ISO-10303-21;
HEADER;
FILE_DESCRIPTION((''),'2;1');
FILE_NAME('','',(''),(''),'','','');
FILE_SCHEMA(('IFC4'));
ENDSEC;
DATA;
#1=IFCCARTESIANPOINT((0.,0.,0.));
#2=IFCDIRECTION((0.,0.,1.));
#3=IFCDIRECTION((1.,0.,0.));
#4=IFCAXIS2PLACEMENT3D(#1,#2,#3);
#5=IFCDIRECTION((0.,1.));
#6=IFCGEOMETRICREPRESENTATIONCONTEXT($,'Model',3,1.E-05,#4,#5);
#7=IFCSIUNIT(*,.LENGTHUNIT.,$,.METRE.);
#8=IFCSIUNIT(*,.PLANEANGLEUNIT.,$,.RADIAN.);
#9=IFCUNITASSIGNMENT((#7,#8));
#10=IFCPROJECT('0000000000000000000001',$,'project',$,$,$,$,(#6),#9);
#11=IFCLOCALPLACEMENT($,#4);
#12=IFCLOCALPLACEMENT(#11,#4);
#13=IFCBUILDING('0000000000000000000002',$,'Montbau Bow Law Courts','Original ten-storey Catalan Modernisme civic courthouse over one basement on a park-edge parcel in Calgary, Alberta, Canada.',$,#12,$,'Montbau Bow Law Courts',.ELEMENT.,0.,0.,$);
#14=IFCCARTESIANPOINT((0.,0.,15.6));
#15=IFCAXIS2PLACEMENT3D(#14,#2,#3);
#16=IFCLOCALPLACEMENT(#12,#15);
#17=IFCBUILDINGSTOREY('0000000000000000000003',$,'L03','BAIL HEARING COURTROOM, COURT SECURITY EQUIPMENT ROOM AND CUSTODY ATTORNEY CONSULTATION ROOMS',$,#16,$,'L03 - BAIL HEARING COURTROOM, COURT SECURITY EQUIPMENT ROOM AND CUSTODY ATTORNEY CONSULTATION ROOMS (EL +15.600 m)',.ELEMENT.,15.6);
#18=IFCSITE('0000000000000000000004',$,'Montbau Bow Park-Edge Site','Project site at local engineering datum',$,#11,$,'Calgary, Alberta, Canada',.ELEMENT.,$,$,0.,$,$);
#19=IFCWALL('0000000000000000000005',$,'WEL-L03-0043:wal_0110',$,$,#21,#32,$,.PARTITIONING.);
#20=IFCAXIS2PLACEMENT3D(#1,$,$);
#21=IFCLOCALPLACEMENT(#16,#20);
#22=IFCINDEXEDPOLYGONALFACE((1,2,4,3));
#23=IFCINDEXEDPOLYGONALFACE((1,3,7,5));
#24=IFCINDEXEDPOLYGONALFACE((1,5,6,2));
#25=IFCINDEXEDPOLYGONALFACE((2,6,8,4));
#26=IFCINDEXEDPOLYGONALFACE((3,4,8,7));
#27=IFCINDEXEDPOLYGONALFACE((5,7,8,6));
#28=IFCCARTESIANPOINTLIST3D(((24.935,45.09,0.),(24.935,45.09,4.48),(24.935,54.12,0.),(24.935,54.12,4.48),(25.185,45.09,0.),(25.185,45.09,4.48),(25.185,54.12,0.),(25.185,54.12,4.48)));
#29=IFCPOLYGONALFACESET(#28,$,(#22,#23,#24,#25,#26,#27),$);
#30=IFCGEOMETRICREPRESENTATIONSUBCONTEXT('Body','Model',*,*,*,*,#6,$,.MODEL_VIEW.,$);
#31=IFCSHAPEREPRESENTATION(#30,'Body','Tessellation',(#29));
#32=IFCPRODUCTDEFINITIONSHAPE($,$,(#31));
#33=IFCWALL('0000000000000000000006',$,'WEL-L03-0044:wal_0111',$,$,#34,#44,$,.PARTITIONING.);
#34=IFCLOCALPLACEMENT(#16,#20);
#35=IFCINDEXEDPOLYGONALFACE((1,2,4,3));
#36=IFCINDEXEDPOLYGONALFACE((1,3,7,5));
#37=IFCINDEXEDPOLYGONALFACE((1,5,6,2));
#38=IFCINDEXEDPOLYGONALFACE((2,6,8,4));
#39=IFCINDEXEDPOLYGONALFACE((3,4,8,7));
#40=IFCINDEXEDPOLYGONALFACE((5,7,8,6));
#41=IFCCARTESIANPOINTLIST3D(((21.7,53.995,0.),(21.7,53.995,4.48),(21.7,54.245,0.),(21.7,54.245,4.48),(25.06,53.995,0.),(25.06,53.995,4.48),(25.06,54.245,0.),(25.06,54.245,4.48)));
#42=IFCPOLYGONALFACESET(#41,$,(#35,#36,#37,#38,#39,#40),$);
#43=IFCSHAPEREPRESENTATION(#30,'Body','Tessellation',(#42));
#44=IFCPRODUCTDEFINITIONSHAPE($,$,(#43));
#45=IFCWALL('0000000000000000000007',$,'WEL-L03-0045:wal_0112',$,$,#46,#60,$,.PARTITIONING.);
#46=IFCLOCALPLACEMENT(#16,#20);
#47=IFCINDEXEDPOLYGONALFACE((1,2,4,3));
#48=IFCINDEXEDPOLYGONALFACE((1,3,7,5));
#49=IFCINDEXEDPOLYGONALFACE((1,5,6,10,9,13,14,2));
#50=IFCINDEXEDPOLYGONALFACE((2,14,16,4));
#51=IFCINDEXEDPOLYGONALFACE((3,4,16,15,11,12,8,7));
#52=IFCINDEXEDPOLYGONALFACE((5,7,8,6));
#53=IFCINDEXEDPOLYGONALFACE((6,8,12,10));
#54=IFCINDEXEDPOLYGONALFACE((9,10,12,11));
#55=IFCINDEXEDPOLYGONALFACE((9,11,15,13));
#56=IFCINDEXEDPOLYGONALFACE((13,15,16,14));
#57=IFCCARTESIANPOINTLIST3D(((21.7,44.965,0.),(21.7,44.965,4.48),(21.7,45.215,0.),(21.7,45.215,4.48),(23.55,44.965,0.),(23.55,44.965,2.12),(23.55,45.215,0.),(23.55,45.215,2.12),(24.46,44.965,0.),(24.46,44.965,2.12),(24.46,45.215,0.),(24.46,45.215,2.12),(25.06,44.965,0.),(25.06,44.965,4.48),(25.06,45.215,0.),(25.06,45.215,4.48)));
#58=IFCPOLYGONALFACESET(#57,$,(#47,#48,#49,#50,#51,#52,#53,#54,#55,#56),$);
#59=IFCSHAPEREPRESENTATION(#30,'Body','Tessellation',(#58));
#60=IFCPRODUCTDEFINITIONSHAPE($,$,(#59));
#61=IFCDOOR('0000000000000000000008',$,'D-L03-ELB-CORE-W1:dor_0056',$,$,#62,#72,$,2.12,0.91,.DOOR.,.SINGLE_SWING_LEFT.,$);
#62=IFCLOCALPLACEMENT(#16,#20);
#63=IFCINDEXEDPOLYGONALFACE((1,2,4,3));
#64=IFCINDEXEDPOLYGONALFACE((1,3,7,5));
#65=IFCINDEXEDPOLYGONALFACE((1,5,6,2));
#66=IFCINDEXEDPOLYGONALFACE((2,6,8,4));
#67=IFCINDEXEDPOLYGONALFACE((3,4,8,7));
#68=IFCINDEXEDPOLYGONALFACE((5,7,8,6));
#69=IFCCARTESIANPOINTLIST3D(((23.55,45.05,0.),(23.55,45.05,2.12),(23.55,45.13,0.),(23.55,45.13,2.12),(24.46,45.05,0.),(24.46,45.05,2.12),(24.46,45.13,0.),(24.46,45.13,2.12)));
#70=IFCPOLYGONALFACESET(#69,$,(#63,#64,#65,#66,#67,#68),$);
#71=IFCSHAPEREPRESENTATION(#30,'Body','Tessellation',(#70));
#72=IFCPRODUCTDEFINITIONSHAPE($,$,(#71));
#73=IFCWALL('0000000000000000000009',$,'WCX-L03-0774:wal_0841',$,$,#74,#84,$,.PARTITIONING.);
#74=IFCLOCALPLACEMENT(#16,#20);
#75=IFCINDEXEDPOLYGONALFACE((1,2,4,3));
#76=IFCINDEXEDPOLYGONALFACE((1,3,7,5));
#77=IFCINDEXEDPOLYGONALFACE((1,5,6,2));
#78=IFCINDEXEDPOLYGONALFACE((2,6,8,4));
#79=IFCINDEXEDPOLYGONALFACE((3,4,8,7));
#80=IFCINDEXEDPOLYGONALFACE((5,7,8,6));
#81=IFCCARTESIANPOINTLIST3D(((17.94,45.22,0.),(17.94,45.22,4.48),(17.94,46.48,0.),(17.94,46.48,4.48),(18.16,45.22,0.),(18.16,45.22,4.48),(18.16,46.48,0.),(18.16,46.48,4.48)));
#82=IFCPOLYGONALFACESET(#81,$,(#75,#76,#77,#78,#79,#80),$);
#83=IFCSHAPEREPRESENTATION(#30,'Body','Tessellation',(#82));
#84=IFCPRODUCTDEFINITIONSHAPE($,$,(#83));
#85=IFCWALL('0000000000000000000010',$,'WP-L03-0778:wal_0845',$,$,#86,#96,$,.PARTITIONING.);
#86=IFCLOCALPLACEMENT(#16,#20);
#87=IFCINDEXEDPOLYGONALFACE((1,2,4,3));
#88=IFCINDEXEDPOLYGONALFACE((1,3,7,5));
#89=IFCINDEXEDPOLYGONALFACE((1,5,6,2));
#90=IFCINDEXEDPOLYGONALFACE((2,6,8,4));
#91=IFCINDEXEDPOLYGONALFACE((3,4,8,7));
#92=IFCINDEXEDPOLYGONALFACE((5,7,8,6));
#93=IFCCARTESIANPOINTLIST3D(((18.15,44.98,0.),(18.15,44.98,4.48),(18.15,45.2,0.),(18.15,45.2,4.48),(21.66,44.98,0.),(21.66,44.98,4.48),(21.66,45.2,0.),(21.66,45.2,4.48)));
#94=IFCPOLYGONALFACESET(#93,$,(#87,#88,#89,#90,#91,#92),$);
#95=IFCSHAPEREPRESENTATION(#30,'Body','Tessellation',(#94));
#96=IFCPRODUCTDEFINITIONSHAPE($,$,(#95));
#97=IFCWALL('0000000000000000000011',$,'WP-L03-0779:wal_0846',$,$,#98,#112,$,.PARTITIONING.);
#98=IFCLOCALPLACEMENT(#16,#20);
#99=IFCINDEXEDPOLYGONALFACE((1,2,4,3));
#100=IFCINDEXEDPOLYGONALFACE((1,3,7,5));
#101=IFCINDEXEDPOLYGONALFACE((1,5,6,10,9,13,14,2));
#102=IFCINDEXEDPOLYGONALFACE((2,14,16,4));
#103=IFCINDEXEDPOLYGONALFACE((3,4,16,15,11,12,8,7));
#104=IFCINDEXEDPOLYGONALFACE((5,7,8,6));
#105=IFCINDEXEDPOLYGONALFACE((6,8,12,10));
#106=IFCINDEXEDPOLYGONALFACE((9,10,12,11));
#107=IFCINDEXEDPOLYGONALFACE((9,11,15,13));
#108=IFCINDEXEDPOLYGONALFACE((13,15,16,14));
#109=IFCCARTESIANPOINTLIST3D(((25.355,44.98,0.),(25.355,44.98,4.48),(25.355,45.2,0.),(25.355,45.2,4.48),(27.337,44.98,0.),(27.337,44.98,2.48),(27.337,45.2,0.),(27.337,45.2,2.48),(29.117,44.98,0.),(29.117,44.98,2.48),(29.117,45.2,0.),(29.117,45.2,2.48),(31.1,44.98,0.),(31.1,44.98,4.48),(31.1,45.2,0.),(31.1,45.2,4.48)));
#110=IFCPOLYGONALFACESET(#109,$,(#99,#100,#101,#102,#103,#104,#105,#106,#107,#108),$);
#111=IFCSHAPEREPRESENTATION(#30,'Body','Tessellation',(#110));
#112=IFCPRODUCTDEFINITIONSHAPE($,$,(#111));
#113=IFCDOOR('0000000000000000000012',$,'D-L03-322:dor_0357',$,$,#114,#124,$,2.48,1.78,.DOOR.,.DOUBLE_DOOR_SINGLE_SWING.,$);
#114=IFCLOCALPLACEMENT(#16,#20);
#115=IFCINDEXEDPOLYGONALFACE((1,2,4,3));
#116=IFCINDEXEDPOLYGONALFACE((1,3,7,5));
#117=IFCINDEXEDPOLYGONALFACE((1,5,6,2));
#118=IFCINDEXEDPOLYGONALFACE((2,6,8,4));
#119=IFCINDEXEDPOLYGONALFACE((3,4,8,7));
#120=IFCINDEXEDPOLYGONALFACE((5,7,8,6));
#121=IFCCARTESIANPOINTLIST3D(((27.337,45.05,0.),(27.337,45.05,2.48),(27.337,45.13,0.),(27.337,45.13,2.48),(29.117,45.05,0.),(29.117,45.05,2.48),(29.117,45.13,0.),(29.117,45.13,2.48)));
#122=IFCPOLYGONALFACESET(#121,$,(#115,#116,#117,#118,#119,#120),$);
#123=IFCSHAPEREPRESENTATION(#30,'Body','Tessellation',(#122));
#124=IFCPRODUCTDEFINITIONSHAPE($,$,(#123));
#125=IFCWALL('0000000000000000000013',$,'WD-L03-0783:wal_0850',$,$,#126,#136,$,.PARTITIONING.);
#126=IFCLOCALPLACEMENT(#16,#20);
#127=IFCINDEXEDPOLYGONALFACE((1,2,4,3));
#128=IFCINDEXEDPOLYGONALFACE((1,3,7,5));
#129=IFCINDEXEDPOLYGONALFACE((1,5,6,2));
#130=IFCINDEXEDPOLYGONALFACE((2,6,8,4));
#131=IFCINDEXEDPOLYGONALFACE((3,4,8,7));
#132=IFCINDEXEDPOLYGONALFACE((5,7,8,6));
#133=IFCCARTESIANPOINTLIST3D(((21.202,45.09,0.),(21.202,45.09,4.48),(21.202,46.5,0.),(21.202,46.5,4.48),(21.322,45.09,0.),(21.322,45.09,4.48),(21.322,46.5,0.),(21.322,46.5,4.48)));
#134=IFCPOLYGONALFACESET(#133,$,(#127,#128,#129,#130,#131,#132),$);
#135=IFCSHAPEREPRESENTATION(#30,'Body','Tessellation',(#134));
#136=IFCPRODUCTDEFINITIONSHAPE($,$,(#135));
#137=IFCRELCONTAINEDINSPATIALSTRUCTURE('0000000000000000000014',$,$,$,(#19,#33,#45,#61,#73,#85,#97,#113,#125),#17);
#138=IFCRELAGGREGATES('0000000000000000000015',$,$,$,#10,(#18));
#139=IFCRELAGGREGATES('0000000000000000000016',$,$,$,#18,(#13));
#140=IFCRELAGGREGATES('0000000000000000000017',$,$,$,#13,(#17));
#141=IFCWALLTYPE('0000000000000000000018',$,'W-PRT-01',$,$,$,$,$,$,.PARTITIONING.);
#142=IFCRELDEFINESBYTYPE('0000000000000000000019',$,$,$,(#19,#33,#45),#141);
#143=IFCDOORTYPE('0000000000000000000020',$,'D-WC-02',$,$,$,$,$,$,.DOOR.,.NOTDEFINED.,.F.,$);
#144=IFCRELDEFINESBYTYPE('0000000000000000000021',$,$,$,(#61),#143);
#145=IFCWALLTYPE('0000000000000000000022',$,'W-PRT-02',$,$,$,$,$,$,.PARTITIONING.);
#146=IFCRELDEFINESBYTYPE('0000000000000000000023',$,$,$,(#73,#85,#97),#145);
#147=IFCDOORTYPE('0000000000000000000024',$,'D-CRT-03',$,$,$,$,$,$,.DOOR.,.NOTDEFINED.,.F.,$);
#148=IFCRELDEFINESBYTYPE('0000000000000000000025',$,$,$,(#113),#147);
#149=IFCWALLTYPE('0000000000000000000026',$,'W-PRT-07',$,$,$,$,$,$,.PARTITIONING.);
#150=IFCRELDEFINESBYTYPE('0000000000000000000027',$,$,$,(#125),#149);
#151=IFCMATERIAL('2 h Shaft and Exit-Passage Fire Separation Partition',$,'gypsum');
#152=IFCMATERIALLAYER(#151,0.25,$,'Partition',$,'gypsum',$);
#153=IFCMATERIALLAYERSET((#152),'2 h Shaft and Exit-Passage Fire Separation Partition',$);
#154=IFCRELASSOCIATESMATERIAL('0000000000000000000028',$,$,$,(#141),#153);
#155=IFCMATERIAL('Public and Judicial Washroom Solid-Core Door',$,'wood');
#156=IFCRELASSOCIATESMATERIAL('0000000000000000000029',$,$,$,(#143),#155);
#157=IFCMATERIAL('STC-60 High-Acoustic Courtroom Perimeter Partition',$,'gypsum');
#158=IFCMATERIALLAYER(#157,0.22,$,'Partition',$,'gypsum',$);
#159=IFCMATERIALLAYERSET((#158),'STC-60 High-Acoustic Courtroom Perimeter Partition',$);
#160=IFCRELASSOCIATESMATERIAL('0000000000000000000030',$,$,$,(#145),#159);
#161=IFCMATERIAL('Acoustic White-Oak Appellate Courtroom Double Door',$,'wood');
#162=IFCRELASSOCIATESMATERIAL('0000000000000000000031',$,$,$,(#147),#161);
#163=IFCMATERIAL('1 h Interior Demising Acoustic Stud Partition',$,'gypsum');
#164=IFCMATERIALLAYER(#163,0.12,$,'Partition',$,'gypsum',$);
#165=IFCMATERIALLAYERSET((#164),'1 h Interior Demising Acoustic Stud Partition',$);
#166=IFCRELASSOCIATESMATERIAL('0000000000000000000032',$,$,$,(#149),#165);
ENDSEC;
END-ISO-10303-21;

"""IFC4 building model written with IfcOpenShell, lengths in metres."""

from ifc_helpers import new_model, si_unit, direction, frame, frame_2d, origin_with_axes, place, context, subcontext, project, spatial, rectangle, extrude, material, layer, layer_set, type_object, element, fill, save


model = new_model("IFC4")

# Units and contexts
model_context = context("Model", 3, precision=1e-05, world=origin_with_axes(), true_north=direction((0.0, 1.0)))
body_context = subcontext(model_context, "Body", "Model", "MODEL_VIEW")
ifc_project = project(units=[si_unit("LENGTHUNIT", "METRE"), si_unit("PLANEANGLEUNIT", "RADIAN")], contexts=[model_context])

# Site, building, storey
site_placement = place(None, origin_with_axes())
site = spatial("IfcSite", under=ifc_project, at=site_placement, Name="Montbau Bow Park-Edge Site", Description="Project site at local engineering datum", LongName="Calgary, Alberta, Canada", CompositionType="ELEMENT", RefElevation=0.0)
building_placement = place(site_placement, origin_with_axes())
building = spatial("IfcBuilding", under=site, at=building_placement, Name="Montbau Bow Law Courts", Description="Original ten-storey Catalan Modernisme civic courthouse over one basement on a park-edge parcel in Calgary, Alberta, Canada.", LongName="Montbau Bow Law Courts", CompositionType="ELEMENT", ElevationOfRefHeight=0.0, ElevationOfTerrain=0.0)
storey_placement = place(building_placement, frame((0.0, 0.0, 15.6), z_axis=(0.0, 0.0, 1.0), x_axis=(1.0, 0.0, 0.0)))
storey = spatial("IfcBuildingStorey", under=building, at=storey_placement, Name="L03", Description="BAIL HEARING COURTROOM, COURT SECURITY EQUIPMENT ROOM AND CUSTODY ATTORNEY CONSULTATION ROOMS", LongName="L03 - BAIL HEARING COURTROOM, COURT SECURITY EQUIPMENT ROOM AND CUSTODY ATTORNEY CONSULTATION ROOMS (EL +15.600 m)", CompositionType="ELEMENT", Elevation=15.6)

# Walls
ifc_material_1 = material(Name="2 h Shaft and Exit-Passage Fire Separation Partition", Category="gypsum")
ifc_layer_1 = layer(ifc_material_1, 0.25, Name="Partition", Category="gypsum")
ifc_layer_set_1 = layer_set([ifc_layer_1], Name="2 h Shaft and Exit-Passage Fire Separation Partition")
wall_type_1 = type_object("IfcWallType", Name="W-PRT-01", PredefinedType="PARTITIONING", material=ifc_layer_set_1)
wall_1_placement = place(None, frame((25.06, 45.09, 15.6), z_axis=(0.0, 0.0, 1.0), x_axis=(0.0, 1.0, 0.0)))
element("IfcWall", 1, at=wall_1_placement, inside=storey, type_object=wall_type_1, Name="WEL-L03-0043:wal_0110", PredefinedType="PARTITIONING", context=body_context, shape_type="SweptSolid", body=[
    extrude(rectangle(XDim=9.03, YDim=0.25, at=frame_2d((4.515, 0.0), x_axis=(1.0, 0.0))), origin_with_axes(), (0.0, 0.0, 1.0), 4.48),
])
wall_2_placement = place(None, frame((21.7, 54.12, 15.6), z_axis=(0.0, 0.0, 1.0), x_axis=(1.0, 0.0, 0.0)))
element("IfcWall", 2, at=wall_2_placement, inside=storey, type_object=wall_type_1, Name="WEL-L03-0044:wal_0111", PredefinedType="PARTITIONING", context=body_context, shape_type="SweptSolid", body=[
    extrude(rectangle(XDim=3.36, YDim=0.25, at=frame_2d((1.68, 0.0), x_axis=(1.0, 0.0))), origin_with_axes(), (0.0, 0.0, 1.0), 4.48),
])

# Wall, opening, door
wall_3_placement = place(None, frame((21.7, 45.09, 15.6), z_axis=(0.0, 0.0, 1.0), x_axis=(1.0, 0.0, 0.0)))
wall_3 = element("IfcWall", 3, at=wall_3_placement, inside=storey, type_object=wall_type_1, Name="WEL-L03-0045:wal_0112", PredefinedType="PARTITIONING", context=body_context, shape_type="SweptSolid", body=[
    extrude(rectangle(XDim=3.36, YDim=0.25, at=frame_2d((1.68, 0.0), x_axis=(1.0, 0.0))), origin_with_axes(), (0.0, 0.0, 1.0), 4.48),
])
opening_1_placement = place(None, frame((24.005, 45.09, 15.6), z_axis=(0.0, 0.0, 1.0), x_axis=(1.0, 0.0, 0.0)))
opening_1 = element("IfcOpeningElement", 4, at=opening_1_placement, cuts=wall_3, PredefinedType="OPENING", context=body_context, shape_type="SweptSolid", body=[
    extrude(rectangle(XDim=0.91, YDim=2.12, at=frame_2d((0.0, 1.06), x_axis=(1.0, 0.0))), frame((0.0, 0.135, 0.0), z_axis=(0.0, -1.0, 0.0), x_axis=(1.0, 0.0, 0.0)), (0.0, 0.0, 1.0), 0.27),
])
ifc_material_2 = material(Name="Public and Judicial Washroom Solid-Core Door", Category="wood")
door_type_1 = type_object("IfcDoorType", Name="D-WC-02", OperationType="NOTDEFINED", ParameterTakesPrecedence=False, PredefinedType="DOOR", material=ifc_material_2)
door_1_placement = place(None, frame((24.005, 45.09, 15.6), z_axis=(0.0, 0.0, 1.0), x_axis=(1.0, 0.0, 0.0)))
door_1 = element("IfcDoor", 5, at=door_1_placement, inside=storey, type_object=door_type_1, Name="D-L03-ELB-CORE-W1:dor_0056", OperationType="SINGLE_SWING_LEFT", OverallHeight=2.12, OverallWidth=0.91, PredefinedType="DOOR", context=body_context, shape_type="SweptSolid", body=[
    extrude(rectangle(XDim=0.91, YDim=2.12, at=frame_2d((0.0, 1.06), x_axis=(1.0, 0.0))), frame((0.0, 0.04, 0.0), z_axis=(0.0, -1.0, 0.0), x_axis=(1.0, 0.0, 0.0)), (0.0, 0.0, 1.0), 0.08),
])
fill(opening_1, door_1)

# Walls
ifc_material_3 = material(Name="STC-60 High-Acoustic Courtroom Perimeter Partition", Category="gypsum")
ifc_layer_2 = layer(ifc_material_3, 0.22, Name="Partition", Category="gypsum")
ifc_layer_set_2 = layer_set([ifc_layer_2], Name="STC-60 High-Acoustic Courtroom Perimeter Partition")
wall_type_2 = type_object("IfcWallType", Name="W-PRT-02", PredefinedType="PARTITIONING", material=ifc_layer_set_2)
wall_4_placement = place(None, frame((18.05, 45.22, 15.6), z_axis=(0.0, 0.0, 1.0), x_axis=(0.0, 1.0, 0.0)))
element("IfcWall", 6, at=wall_4_placement, inside=storey, type_object=wall_type_2, Name="WCX-L03-0774:wal_0841", PredefinedType="PARTITIONING", context=body_context, shape_type="SweptSolid", body=[
    extrude(rectangle(XDim=1.26, YDim=0.22, at=frame_2d((0.63, 0.0), x_axis=(1.0, 0.0))), origin_with_axes(), (0.0, 0.0, 1.0), 4.48),
])
wall_5_placement = place(None, frame((18.15, 45.09, 15.6), z_axis=(0.0, 0.0, 1.0), x_axis=(1.0, 0.0, 0.0)))
element("IfcWall", 7, at=wall_5_placement, inside=storey, type_object=wall_type_2, Name="WP-L03-0778:wal_0845", PredefinedType="PARTITIONING", context=body_context, shape_type="SweptSolid", body=[
    extrude(rectangle(XDim=3.51, YDim=0.22, at=frame_2d((1.755, 0.0), x_axis=(1.0, 0.0))), origin_with_axes(), (0.0, 0.0, 1.0), 4.48),
])

# Wall, opening, door
wall_6_placement = place(None, frame((25.355, 45.09, 15.6), z_axis=(0.0, 0.0, 1.0), x_axis=(1.0, 0.0, 0.0)))
wall_6 = element("IfcWall", 8, at=wall_6_placement, inside=storey, type_object=wall_type_2, Name="WP-L03-0779:wal_0846", PredefinedType="PARTITIONING", context=body_context, shape_type="SweptSolid", body=[
    extrude(rectangle(XDim=5.745, YDim=0.22, at=frame_2d((2.8725, 0.0), x_axis=(1.0, 0.0))), origin_with_axes(), (0.0, 0.0, 1.0), 4.48),
])
opening_2_placement = place(None, frame((28.227, 45.09, 15.6), z_axis=(0.0, 0.0, 1.0), x_axis=(1.0, 0.0, 0.0)))
opening_2 = element("IfcOpeningElement", 9, at=opening_2_placement, cuts=wall_6, PredefinedType="OPENING", context=body_context, shape_type="SweptSolid", body=[
    extrude(rectangle(XDim=1.78, YDim=2.48, at=frame_2d((0.0, 1.24), x_axis=(1.0, 0.0))), frame((0.0, 0.12, 0.0), z_axis=(0.0, -1.0, 0.0), x_axis=(1.0, 0.0, 0.0)), (0.0, 0.0, 1.0), 0.24),
])
ifc_material_4 = material(Name="Acoustic White-Oak Appellate Courtroom Double Door", Category="wood")
door_type_2 = type_object("IfcDoorType", Name="D-CRT-03", OperationType="NOTDEFINED", ParameterTakesPrecedence=False, PredefinedType="DOOR", material=ifc_material_4)
door_2_placement = place(None, frame((28.227, 45.09, 15.6), z_axis=(0.0, 0.0, 1.0), x_axis=(-1.0, 0.0, 0.0)))
door_2 = element("IfcDoor", 10, at=door_2_placement, inside=storey, type_object=door_type_2, Name="D-L03-322:dor_0357", OperationType="DOUBLE_DOOR_SINGLE_SWING", OverallHeight=2.48, OverallWidth=1.78, PredefinedType="DOOR", context=body_context, shape_type="SweptSolid", body=[
    extrude(rectangle(XDim=1.78, YDim=2.48, at=frame_2d((0.0, 1.24), x_axis=(1.0, 0.0))), frame((0.0, 0.04, 0.0), z_axis=(0.0, -1.0, 0.0), x_axis=(1.0, 0.0, 0.0)), (0.0, 0.0, 1.0), 0.08),
])
fill(opening_2, door_2)

# Wall
ifc_material_5 = material(Name="1 h Interior Demising Acoustic Stud Partition", Category="gypsum")
ifc_layer_3 = layer(ifc_material_5, 0.12, Name="Partition", Category="gypsum")
ifc_layer_set_3 = layer_set([ifc_layer_3], Name="1 h Interior Demising Acoustic Stud Partition")
wall_type_3 = type_object("IfcWallType", Name="W-PRT-07", PredefinedType="PARTITIONING", material=ifc_layer_set_3)
wall_7_placement = place(None, frame((21.262, 45.09, 15.6), z_axis=(0.0, 0.0, 1.0), x_axis=(0.0, 1.0, 0.0)))
element("IfcWall", 11, at=wall_7_placement, inside=storey, type_object=wall_type_3, Name="WD-L03-0783:wal_0850", PredefinedType="PARTITIONING", context=body_context, shape_type="SweptSolid", body=[
    extrude(rectangle(XDim=1.41, YDim=0.12, at=frame_2d((0.705, 0.0), x_axis=(1.0, 0.0))), origin_with_axes(), (0.0, 0.0, 1.0), 4.48),
])

save(model, "model.ifc")
